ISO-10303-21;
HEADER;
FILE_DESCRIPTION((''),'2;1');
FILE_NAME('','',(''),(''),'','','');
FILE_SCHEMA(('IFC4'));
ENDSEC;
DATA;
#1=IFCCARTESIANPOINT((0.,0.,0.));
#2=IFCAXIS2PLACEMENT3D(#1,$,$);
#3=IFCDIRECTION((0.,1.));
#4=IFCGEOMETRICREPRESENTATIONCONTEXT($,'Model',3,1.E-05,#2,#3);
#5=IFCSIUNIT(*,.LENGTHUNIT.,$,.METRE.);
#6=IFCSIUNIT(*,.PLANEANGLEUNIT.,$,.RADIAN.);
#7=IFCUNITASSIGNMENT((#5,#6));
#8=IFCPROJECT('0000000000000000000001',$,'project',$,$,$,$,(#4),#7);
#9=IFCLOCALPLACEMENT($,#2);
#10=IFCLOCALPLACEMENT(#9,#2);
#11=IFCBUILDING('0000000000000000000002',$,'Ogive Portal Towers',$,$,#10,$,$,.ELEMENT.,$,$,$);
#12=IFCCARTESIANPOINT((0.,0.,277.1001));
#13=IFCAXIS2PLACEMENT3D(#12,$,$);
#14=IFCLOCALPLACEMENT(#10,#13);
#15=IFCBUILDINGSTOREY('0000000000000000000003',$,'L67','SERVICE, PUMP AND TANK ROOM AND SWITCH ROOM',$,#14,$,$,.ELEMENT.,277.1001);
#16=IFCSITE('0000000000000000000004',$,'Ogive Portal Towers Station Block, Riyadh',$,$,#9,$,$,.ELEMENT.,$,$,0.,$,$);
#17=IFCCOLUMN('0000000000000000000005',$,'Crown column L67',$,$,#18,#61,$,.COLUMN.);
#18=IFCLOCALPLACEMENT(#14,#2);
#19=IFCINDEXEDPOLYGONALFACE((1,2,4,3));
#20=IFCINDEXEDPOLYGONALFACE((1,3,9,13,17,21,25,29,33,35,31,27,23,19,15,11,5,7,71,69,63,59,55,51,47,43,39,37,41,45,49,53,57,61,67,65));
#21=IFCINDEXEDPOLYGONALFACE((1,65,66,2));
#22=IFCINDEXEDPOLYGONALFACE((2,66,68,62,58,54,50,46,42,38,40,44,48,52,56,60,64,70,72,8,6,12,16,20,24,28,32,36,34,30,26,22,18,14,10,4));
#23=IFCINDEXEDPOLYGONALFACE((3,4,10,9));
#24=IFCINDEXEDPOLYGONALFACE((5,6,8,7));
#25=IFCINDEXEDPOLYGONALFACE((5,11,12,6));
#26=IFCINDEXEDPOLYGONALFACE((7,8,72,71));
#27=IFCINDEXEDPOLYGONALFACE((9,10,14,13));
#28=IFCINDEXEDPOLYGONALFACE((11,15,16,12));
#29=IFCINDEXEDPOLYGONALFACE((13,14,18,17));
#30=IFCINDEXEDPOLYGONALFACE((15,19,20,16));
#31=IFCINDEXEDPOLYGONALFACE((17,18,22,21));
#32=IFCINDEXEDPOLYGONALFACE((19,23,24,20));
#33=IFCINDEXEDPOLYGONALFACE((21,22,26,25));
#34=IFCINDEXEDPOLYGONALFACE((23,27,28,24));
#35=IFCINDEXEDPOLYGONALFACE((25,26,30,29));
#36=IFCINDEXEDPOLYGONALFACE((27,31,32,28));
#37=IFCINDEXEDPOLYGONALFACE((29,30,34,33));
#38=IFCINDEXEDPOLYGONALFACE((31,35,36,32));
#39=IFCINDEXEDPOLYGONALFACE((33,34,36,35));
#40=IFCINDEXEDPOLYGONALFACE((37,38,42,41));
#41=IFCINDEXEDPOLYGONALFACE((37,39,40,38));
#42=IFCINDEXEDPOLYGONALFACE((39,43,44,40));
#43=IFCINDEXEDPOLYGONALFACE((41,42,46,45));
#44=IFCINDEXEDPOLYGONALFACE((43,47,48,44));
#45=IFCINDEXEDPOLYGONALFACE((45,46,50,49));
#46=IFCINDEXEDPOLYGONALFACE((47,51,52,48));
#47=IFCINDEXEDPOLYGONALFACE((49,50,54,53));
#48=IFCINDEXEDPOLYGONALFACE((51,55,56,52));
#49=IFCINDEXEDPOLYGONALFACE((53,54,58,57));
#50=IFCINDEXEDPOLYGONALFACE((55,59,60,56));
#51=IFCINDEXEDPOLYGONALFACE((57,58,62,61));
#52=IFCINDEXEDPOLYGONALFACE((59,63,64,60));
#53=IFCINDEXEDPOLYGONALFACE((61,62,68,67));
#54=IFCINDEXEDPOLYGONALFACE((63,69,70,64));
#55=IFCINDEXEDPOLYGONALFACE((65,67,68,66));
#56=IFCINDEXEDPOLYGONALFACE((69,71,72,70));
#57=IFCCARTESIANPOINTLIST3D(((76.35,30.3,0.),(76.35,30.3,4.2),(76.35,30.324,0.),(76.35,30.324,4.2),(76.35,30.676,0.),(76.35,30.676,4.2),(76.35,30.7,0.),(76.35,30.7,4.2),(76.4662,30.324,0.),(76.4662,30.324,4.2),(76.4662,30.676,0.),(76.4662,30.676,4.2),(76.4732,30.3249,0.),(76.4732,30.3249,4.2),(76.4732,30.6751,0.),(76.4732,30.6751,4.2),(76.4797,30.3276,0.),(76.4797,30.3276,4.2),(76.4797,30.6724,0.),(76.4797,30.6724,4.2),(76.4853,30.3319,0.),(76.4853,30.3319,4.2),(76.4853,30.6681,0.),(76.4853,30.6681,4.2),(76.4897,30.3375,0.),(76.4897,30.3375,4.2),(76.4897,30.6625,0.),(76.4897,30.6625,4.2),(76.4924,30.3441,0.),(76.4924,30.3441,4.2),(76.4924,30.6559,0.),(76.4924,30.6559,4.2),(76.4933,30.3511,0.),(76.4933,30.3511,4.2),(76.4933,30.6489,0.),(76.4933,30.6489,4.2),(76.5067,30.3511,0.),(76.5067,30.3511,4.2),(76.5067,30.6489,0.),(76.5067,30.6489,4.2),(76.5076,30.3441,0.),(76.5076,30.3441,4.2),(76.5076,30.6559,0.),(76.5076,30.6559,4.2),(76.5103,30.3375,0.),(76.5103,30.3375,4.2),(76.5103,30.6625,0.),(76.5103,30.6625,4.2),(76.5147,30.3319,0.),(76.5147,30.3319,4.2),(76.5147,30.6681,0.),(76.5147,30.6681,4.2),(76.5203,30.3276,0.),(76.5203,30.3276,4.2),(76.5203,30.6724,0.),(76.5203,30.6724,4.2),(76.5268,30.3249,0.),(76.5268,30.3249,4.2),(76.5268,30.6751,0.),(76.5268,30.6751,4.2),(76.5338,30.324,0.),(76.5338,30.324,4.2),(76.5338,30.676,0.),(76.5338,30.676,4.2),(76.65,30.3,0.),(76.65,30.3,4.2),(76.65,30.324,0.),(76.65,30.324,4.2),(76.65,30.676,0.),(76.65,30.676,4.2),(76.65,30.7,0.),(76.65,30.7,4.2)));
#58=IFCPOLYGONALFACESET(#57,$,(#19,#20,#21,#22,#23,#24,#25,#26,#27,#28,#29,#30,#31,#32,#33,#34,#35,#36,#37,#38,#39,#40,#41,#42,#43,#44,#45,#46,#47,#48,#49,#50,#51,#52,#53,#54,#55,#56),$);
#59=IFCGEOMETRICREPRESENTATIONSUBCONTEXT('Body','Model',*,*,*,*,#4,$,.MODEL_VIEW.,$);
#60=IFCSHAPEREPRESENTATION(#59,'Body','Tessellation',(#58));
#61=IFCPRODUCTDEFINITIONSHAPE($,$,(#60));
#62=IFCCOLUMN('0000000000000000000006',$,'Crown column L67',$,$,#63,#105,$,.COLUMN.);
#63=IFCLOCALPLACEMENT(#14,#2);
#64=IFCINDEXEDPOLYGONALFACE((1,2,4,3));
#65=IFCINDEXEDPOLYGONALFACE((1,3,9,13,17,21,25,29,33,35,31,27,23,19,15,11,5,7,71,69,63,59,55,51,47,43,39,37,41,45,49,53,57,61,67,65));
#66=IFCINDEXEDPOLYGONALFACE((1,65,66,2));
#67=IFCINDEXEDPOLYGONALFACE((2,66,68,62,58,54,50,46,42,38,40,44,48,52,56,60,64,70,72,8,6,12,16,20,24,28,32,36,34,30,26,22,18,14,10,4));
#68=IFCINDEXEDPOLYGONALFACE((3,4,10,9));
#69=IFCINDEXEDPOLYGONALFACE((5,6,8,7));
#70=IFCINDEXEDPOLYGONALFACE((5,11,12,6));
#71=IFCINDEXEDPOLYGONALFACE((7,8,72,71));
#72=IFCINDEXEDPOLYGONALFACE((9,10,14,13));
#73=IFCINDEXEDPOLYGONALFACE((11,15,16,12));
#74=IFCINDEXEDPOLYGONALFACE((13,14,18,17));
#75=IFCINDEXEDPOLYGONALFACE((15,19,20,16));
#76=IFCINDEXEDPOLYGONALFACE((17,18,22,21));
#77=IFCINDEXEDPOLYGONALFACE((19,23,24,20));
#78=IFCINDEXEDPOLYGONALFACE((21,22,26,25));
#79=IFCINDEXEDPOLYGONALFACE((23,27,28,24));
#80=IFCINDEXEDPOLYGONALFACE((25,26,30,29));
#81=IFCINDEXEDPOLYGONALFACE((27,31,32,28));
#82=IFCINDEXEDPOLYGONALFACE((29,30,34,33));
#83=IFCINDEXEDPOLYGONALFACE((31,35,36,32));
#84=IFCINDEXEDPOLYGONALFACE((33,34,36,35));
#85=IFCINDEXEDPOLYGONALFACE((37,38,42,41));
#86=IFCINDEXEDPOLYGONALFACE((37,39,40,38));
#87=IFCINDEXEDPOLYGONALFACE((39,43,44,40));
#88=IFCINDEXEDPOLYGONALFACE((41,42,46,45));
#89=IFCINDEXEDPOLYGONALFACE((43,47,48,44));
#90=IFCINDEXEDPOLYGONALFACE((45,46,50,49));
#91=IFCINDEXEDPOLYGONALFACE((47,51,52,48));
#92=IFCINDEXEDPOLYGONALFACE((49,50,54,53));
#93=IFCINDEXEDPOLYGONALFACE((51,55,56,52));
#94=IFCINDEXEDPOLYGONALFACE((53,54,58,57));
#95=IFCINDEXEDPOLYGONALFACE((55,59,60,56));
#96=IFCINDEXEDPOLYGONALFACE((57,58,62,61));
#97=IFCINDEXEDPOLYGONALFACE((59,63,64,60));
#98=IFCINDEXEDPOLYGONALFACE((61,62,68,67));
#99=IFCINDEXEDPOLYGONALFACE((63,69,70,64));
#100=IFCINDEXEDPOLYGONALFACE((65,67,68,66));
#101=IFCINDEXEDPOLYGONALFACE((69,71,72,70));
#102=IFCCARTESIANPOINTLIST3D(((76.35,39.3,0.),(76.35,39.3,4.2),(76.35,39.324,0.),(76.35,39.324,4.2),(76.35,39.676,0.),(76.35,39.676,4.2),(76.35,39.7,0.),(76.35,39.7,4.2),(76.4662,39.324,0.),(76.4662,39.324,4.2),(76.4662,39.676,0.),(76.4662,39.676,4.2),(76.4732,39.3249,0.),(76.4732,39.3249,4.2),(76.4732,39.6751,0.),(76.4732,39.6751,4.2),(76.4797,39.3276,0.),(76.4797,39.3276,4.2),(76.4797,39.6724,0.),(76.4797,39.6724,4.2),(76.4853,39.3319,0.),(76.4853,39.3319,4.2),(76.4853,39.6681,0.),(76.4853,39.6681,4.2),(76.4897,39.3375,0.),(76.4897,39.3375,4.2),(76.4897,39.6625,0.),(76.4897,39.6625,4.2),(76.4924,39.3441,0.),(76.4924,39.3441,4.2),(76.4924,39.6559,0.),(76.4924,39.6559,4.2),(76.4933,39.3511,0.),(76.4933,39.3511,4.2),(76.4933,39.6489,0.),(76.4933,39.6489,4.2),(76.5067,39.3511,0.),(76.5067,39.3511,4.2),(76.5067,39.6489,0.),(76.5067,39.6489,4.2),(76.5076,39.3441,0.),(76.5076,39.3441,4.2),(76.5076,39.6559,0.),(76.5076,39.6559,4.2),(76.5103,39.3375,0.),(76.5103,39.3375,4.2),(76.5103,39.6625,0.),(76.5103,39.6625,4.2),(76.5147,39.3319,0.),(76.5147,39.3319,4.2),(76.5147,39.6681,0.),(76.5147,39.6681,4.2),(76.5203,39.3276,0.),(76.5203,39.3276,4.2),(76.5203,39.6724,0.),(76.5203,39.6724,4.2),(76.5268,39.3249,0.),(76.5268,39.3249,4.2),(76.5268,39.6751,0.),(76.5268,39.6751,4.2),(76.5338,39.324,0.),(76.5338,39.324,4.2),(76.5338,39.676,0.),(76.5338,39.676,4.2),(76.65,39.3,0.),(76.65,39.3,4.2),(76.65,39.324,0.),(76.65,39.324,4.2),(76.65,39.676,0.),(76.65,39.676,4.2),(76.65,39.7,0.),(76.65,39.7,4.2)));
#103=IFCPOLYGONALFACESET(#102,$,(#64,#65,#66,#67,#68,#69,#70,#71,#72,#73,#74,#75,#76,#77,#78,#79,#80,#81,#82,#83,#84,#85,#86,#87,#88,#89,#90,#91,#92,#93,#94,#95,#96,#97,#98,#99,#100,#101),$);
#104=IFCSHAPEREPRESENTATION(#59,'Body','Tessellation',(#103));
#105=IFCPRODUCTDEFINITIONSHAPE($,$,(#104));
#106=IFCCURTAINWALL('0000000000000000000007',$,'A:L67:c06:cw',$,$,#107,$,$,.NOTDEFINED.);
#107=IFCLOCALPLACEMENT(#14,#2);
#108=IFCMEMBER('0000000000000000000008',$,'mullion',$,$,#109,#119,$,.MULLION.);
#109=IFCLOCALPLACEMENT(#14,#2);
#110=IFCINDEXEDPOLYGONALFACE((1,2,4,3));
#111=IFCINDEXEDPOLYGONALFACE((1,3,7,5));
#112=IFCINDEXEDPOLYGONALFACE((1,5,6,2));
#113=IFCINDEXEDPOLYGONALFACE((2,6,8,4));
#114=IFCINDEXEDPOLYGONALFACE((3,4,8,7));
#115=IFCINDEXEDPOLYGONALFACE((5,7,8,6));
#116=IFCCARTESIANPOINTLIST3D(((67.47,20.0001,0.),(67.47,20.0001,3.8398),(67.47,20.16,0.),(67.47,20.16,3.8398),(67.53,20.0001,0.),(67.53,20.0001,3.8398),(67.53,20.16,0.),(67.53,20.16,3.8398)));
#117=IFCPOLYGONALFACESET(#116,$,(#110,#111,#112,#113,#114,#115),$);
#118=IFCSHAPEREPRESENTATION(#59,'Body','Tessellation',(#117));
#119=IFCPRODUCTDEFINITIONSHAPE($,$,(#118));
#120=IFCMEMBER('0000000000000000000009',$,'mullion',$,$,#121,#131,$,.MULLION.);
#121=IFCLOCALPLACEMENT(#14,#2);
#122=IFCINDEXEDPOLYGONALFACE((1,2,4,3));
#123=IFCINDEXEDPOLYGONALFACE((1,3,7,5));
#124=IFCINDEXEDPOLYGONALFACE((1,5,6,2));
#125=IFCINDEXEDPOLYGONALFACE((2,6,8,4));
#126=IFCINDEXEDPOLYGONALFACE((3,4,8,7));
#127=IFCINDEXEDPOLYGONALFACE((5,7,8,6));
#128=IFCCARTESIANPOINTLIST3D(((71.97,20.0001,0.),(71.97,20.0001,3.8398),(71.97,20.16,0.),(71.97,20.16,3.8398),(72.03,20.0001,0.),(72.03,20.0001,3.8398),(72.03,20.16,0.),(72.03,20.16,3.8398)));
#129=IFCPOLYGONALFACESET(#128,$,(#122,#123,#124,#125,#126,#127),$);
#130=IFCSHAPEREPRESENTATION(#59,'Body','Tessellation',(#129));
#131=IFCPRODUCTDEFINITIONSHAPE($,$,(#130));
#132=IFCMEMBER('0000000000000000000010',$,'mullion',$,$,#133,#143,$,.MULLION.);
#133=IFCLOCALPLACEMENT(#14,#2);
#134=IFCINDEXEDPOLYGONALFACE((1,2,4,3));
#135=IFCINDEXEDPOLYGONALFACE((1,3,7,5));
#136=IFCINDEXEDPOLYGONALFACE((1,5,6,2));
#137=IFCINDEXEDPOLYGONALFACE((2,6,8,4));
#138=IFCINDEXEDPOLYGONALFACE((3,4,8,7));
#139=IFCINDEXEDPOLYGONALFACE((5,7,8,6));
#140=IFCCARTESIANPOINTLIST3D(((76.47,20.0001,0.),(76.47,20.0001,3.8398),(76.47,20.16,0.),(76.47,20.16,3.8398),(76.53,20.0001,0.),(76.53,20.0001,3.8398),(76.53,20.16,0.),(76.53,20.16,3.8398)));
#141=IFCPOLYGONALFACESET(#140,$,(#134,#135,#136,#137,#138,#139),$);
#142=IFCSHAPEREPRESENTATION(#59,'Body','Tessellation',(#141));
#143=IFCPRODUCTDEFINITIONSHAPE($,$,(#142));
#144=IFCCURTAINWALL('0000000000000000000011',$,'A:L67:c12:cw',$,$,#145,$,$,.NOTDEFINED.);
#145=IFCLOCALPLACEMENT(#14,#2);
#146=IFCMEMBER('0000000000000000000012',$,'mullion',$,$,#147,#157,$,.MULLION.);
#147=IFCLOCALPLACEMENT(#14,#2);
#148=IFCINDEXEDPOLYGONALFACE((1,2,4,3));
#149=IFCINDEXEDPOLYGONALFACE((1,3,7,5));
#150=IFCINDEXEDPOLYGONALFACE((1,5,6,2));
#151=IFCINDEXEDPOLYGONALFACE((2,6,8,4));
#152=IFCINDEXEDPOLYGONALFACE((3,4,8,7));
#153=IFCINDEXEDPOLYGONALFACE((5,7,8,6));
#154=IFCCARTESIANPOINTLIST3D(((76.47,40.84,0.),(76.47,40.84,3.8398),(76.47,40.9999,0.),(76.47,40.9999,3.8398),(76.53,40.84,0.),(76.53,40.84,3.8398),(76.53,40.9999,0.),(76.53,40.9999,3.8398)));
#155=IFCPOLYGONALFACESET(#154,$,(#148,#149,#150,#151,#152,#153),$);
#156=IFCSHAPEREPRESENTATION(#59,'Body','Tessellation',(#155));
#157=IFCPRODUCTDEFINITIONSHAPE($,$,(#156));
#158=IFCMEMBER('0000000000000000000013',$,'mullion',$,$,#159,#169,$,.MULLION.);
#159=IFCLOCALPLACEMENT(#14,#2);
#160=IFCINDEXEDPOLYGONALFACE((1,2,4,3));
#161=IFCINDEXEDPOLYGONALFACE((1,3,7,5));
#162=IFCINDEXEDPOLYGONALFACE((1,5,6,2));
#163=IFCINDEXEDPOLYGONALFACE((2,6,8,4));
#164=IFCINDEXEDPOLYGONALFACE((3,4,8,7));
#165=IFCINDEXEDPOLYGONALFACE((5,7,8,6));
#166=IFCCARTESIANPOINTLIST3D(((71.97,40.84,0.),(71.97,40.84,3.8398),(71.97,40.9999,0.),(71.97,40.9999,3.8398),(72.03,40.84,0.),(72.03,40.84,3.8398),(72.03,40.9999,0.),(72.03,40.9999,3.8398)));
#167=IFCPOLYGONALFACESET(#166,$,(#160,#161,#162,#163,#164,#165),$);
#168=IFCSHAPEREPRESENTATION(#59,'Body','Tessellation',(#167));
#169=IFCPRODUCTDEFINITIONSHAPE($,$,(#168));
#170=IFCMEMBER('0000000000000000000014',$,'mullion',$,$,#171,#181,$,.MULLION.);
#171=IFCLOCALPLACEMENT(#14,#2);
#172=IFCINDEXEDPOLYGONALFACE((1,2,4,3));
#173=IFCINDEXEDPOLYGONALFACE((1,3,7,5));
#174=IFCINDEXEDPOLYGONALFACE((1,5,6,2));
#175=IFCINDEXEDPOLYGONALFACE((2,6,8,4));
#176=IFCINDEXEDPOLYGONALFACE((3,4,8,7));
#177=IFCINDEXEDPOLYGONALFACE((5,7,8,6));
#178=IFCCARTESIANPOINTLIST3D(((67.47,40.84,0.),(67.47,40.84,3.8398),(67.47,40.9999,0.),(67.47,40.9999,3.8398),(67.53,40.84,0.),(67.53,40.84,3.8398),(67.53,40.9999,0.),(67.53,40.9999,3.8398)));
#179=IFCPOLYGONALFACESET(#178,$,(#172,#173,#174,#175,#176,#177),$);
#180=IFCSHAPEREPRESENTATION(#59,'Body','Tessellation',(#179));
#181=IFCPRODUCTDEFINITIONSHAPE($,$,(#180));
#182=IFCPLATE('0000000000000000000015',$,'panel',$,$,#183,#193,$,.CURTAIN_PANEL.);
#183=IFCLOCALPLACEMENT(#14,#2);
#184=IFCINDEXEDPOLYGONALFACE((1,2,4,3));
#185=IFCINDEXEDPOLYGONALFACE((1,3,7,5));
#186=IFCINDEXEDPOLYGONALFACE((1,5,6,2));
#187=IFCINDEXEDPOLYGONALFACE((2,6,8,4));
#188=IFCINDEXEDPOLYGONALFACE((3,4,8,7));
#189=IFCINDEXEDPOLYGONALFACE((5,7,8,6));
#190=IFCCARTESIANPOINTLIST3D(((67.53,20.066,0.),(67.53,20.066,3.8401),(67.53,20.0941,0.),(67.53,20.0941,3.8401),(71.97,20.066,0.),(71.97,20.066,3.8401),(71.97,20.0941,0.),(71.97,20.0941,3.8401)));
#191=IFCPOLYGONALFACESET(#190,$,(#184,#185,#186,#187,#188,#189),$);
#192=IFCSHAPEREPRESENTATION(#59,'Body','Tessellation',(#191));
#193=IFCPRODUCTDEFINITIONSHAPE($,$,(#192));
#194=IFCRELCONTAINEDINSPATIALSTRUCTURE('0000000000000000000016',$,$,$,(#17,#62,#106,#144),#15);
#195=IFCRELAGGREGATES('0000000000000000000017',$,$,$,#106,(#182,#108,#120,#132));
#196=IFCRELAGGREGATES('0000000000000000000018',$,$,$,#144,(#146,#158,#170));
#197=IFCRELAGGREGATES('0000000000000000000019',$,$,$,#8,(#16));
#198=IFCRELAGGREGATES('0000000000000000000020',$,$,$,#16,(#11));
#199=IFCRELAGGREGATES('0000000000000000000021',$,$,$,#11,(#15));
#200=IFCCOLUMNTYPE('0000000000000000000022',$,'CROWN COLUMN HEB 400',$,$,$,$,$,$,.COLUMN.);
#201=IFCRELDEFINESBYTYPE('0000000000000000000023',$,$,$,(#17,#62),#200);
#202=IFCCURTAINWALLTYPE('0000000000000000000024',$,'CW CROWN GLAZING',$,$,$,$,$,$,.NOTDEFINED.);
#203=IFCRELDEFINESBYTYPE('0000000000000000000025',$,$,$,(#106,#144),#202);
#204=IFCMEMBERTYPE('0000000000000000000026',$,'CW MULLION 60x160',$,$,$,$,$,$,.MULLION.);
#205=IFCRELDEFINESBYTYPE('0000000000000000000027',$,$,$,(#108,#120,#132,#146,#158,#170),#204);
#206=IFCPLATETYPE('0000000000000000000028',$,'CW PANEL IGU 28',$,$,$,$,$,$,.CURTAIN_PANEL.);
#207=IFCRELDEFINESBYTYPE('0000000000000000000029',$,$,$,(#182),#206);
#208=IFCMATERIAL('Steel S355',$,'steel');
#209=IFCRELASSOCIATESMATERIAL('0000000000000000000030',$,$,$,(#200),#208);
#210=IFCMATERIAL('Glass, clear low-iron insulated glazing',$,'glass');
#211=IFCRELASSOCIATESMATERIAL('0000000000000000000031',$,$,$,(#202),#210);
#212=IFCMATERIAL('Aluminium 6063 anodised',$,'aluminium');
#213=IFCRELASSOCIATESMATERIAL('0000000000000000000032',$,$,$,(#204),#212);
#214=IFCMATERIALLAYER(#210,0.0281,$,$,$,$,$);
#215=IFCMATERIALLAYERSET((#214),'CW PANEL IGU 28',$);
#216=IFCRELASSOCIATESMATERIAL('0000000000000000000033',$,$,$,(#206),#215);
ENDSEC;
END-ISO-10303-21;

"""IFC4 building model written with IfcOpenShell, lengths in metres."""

from ifc_helpers import new_model, si_unit, direction, frame, origin, origin_2d, place, context, subcontext, project, spatial, rectangle, i_section, extrude, material, layer, layer_set, material_profile, profile_set, type_object, element, aggregate, save


model = new_model("IFC4")

# Units and contexts
model_context = context("Model", 3, precision=1e-05, world=origin(), true_north=direction((0.0, 1.0)))
body_context = subcontext(model_context, "Body", "Model", "MODEL_VIEW")
ifc_project = project(units=[si_unit("LENGTHUNIT", "METRE"), si_unit("PLANEANGLEUNIT", "RADIAN")], contexts=[model_context])

# Site, building, storey
site_placement = place(None, origin())
site = spatial("IfcSite", under=ifc_project, at=site_placement, Name="Ogive Portal Towers Station Block, Riyadh", CompositionType="ELEMENT", RefElevation=0.0)
building_placement = place(site_placement, origin())
building = spatial("IfcBuilding", under=site, at=building_placement, Name="Ogive Portal Towers", CompositionType="ELEMENT")
storey_placement = place(building_placement, frame((0.0, 0.0, 277.1001)))
storey = spatial("IfcBuildingStorey", under=building, at=storey_placement, Name="L67", Description="SERVICE, PUMP AND TANK ROOM AND SWITCH ROOM", CompositionType="ELEMENT", Elevation=277.1001)

# Columns
ifc_material_1 = material(Name="Steel S355", Category="steel")
ifc_material_profile_1 = material_profile(ifc_material_1, i_section(OverallWidth=0.3, OverallDepth=0.3999, WebThickness=0.0134, FlangeThickness=0.0239, FilletRadius=0.0271, at=origin_2d()), Name="HEB 400")
ifc_profile_set_1 = profile_set([ifc_material_profile_1], Name="Steel S355")
column_type = type_object("IfcColumnType", Name="CROWN COLUMN HEB 400", PredefinedType="COLUMN", material=ifc_profile_set_1)
for number, where, z_axis, x_axis, name in (
    (1, (76.5, 30.5, 0.0), (0.0, 0.0, 1.0), (1.0, 0.0, 0.0), "Crown column L67"),
    (2, (76.5, 39.5, 0.0), (0.0, 0.0, 1.0), (1.0, 0.0, 0.0), "Crown column L67"),
):
    element("IfcColumn", number, at=place(storey_placement, frame(where, z_axis=z_axis, x_axis=x_axis)), inside=storey, type_object=column_type, Name=name, PredefinedType="COLUMN", context=body_context, shape_type="SweptSolid", body=[
        extrude(i_section(OverallWidth=0.3, OverallDepth=0.3999, WebThickness=0.0134, FlangeThickness=0.0239, FilletRadius=0.0271, at=origin_2d()), origin(), (0.0, 0.0, 1.0), 4.2),
    ])

# Curtain walls, members
ifc_material_2 = material(Name="Glass, clear low-iron insulated glazing", Category="glass")
curtain_wall_type = type_object("IfcCurtainWallType", Name="CW CROWN GLAZING", PredefinedType="NOTDEFINED", material=ifc_material_2)
curtain_wall_1_placement = place(storey_placement, origin())
curtain_wall_1 = element("IfcCurtainWall", 3, at=curtain_wall_1_placement, inside=storey, type_object=curtain_wall_type, Name="A:L67:c06:cw", PredefinedType="NOTDEFINED")
ifc_material_3 = material(Name="Aluminium 6063 anodised", Category="aluminium")
ifc_material_profile_2 = material_profile(ifc_material_3, rectangle(XDim=0.1599, YDim=0.0601, at=origin_2d()), Name="AL 60x160")
ifc_profile_set_2 = profile_set([ifc_material_profile_2], Name="Aluminium 6063 anodised")
member_type = type_object("IfcMemberType", Name="CW MULLION 60x160", PredefinedType="MULLION", material=ifc_profile_set_2)
member_1_placement = place(storey_placement, frame((67.5, 20.0801, 0.0), z_axis=(0.0, 0.0, 1.0), x_axis=(0.0, 1.0, 0.0)))
member_1 = element("IfcMember", 4, at=member_1_placement, type_object=member_type, Name="mullion", PredefinedType="MULLION", context=body_context, shape_type="SweptSolid", body=[
    extrude(rectangle(XDim=0.1599, YDim=0.0601, at=origin_2d()), origin(), (0.0, 0.0, 1.0), 3.8398),
])
member_2_placement = place(storey_placement, frame((72.0, 20.0801, 0.0), z_axis=(0.0, 0.0, 1.0), x_axis=(0.0, 1.0, 0.0)))
member_2 = element("IfcMember", 5, at=member_2_placement, type_object=member_type, Name="mullion", PredefinedType="MULLION", context=body_context, shape_type="SweptSolid", body=[
    extrude(rectangle(XDim=0.1599, YDim=0.0601, at=origin_2d()), origin(), (0.0, 0.0, 1.0), 3.8398),
])
member_3_placement = place(storey_placement, frame((76.5, 20.0801, 0.0), z_axis=(0.0, 0.0, 1.0), x_axis=(0.0, 1.0, 0.0)))
member_3 = element("IfcMember", 6, at=member_3_placement, type_object=member_type, Name="mullion", PredefinedType="MULLION", context=body_context, shape_type="SweptSolid", body=[
    extrude(rectangle(XDim=0.1599, YDim=0.0601, at=origin_2d()), origin(), (0.0, 0.0, 1.0), 3.8398),
])
curtain_wall_2_placement = place(storey_placement, origin())
curtain_wall_2 = element("IfcCurtainWall", 7, at=curtain_wall_2_placement, inside=storey, type_object=curtain_wall_type, Name="A:L67:c12:cw", PredefinedType="NOTDEFINED")
member_4_placement = place(storey_placement, frame((76.5, 40.9199, 0.0), z_axis=(0.0, 0.0, 1.0), x_axis=(0.0, -1.0, 0.0)))
member_4 = element("IfcMember", 8, at=member_4_placement, type_object=member_type, Name="mullion", PredefinedType="MULLION", context=body_context, shape_type="SweptSolid", body=[
    extrude(rectangle(XDim=0.1599, YDim=0.0601, at=origin_2d()), origin(), (0.0, 0.0, 1.0), 3.8398),
])
member_5_placement = place(storey_placement, frame((72.0, 40.9199, 0.0), z_axis=(0.0, 0.0, 1.0), x_axis=(0.0, -1.0, 0.0)))
member_5 = element("IfcMember", 9, at=member_5_placement, type_object=member_type, Name="mullion", PredefinedType="MULLION", context=body_context, shape_type="SweptSolid", body=[
    extrude(rectangle(XDim=0.1599, YDim=0.0601, at=origin_2d()), origin(), (0.0, 0.0, 1.0), 3.8398),
])
member_6_placement = place(storey_placement, frame((67.5, 40.9199, 0.0), z_axis=(0.0, 0.0, 1.0), x_axis=(0.0, -1.0, 0.0)))
member_6 = element("IfcMember", 10, at=member_6_placement, type_object=member_type, Name="mullion", PredefinedType="MULLION", context=body_context, shape_type="SweptSolid", body=[
    extrude(rectangle(XDim=0.1599, YDim=0.0601, at=origin_2d()), origin(), (0.0, 0.0, 1.0), 3.8398),
])

# Plate
ifc_layer_1 = layer(ifc_material_2, 0.0281)
ifc_layer_set_1 = layer_set([ifc_layer_1], Name="CW PANEL IGU 28")
plate_type = type_object("IfcPlateType", Name="CW PANEL IGU 28", PredefinedType="CURTAIN_PANEL", material=ifc_layer_set_1)
plate_1_placement = place(storey_placement, frame((69.75, 20.0801, 0.0), z_axis=(0.0, 0.0, 1.0), x_axis=(1.0, 0.0, 0.0)))
plate_1 = element("IfcPlate", 11, at=plate_1_placement, type_object=plate_type, Name="panel", PredefinedType="CURTAIN_PANEL", context=body_context, shape_type="SweptSolid", body=[
    extrude(rectangle(XDim=4.4399, YDim=0.0281, at=origin_2d()), origin(), (0.0, 0.0, 1.0), 3.8401),
])
aggregate(curtain_wall_1, [plate_1, member_1, member_2, member_3])
aggregate(curtain_wall_2, [member_4, member_5, member_6])

save(model, "model.ifc")
